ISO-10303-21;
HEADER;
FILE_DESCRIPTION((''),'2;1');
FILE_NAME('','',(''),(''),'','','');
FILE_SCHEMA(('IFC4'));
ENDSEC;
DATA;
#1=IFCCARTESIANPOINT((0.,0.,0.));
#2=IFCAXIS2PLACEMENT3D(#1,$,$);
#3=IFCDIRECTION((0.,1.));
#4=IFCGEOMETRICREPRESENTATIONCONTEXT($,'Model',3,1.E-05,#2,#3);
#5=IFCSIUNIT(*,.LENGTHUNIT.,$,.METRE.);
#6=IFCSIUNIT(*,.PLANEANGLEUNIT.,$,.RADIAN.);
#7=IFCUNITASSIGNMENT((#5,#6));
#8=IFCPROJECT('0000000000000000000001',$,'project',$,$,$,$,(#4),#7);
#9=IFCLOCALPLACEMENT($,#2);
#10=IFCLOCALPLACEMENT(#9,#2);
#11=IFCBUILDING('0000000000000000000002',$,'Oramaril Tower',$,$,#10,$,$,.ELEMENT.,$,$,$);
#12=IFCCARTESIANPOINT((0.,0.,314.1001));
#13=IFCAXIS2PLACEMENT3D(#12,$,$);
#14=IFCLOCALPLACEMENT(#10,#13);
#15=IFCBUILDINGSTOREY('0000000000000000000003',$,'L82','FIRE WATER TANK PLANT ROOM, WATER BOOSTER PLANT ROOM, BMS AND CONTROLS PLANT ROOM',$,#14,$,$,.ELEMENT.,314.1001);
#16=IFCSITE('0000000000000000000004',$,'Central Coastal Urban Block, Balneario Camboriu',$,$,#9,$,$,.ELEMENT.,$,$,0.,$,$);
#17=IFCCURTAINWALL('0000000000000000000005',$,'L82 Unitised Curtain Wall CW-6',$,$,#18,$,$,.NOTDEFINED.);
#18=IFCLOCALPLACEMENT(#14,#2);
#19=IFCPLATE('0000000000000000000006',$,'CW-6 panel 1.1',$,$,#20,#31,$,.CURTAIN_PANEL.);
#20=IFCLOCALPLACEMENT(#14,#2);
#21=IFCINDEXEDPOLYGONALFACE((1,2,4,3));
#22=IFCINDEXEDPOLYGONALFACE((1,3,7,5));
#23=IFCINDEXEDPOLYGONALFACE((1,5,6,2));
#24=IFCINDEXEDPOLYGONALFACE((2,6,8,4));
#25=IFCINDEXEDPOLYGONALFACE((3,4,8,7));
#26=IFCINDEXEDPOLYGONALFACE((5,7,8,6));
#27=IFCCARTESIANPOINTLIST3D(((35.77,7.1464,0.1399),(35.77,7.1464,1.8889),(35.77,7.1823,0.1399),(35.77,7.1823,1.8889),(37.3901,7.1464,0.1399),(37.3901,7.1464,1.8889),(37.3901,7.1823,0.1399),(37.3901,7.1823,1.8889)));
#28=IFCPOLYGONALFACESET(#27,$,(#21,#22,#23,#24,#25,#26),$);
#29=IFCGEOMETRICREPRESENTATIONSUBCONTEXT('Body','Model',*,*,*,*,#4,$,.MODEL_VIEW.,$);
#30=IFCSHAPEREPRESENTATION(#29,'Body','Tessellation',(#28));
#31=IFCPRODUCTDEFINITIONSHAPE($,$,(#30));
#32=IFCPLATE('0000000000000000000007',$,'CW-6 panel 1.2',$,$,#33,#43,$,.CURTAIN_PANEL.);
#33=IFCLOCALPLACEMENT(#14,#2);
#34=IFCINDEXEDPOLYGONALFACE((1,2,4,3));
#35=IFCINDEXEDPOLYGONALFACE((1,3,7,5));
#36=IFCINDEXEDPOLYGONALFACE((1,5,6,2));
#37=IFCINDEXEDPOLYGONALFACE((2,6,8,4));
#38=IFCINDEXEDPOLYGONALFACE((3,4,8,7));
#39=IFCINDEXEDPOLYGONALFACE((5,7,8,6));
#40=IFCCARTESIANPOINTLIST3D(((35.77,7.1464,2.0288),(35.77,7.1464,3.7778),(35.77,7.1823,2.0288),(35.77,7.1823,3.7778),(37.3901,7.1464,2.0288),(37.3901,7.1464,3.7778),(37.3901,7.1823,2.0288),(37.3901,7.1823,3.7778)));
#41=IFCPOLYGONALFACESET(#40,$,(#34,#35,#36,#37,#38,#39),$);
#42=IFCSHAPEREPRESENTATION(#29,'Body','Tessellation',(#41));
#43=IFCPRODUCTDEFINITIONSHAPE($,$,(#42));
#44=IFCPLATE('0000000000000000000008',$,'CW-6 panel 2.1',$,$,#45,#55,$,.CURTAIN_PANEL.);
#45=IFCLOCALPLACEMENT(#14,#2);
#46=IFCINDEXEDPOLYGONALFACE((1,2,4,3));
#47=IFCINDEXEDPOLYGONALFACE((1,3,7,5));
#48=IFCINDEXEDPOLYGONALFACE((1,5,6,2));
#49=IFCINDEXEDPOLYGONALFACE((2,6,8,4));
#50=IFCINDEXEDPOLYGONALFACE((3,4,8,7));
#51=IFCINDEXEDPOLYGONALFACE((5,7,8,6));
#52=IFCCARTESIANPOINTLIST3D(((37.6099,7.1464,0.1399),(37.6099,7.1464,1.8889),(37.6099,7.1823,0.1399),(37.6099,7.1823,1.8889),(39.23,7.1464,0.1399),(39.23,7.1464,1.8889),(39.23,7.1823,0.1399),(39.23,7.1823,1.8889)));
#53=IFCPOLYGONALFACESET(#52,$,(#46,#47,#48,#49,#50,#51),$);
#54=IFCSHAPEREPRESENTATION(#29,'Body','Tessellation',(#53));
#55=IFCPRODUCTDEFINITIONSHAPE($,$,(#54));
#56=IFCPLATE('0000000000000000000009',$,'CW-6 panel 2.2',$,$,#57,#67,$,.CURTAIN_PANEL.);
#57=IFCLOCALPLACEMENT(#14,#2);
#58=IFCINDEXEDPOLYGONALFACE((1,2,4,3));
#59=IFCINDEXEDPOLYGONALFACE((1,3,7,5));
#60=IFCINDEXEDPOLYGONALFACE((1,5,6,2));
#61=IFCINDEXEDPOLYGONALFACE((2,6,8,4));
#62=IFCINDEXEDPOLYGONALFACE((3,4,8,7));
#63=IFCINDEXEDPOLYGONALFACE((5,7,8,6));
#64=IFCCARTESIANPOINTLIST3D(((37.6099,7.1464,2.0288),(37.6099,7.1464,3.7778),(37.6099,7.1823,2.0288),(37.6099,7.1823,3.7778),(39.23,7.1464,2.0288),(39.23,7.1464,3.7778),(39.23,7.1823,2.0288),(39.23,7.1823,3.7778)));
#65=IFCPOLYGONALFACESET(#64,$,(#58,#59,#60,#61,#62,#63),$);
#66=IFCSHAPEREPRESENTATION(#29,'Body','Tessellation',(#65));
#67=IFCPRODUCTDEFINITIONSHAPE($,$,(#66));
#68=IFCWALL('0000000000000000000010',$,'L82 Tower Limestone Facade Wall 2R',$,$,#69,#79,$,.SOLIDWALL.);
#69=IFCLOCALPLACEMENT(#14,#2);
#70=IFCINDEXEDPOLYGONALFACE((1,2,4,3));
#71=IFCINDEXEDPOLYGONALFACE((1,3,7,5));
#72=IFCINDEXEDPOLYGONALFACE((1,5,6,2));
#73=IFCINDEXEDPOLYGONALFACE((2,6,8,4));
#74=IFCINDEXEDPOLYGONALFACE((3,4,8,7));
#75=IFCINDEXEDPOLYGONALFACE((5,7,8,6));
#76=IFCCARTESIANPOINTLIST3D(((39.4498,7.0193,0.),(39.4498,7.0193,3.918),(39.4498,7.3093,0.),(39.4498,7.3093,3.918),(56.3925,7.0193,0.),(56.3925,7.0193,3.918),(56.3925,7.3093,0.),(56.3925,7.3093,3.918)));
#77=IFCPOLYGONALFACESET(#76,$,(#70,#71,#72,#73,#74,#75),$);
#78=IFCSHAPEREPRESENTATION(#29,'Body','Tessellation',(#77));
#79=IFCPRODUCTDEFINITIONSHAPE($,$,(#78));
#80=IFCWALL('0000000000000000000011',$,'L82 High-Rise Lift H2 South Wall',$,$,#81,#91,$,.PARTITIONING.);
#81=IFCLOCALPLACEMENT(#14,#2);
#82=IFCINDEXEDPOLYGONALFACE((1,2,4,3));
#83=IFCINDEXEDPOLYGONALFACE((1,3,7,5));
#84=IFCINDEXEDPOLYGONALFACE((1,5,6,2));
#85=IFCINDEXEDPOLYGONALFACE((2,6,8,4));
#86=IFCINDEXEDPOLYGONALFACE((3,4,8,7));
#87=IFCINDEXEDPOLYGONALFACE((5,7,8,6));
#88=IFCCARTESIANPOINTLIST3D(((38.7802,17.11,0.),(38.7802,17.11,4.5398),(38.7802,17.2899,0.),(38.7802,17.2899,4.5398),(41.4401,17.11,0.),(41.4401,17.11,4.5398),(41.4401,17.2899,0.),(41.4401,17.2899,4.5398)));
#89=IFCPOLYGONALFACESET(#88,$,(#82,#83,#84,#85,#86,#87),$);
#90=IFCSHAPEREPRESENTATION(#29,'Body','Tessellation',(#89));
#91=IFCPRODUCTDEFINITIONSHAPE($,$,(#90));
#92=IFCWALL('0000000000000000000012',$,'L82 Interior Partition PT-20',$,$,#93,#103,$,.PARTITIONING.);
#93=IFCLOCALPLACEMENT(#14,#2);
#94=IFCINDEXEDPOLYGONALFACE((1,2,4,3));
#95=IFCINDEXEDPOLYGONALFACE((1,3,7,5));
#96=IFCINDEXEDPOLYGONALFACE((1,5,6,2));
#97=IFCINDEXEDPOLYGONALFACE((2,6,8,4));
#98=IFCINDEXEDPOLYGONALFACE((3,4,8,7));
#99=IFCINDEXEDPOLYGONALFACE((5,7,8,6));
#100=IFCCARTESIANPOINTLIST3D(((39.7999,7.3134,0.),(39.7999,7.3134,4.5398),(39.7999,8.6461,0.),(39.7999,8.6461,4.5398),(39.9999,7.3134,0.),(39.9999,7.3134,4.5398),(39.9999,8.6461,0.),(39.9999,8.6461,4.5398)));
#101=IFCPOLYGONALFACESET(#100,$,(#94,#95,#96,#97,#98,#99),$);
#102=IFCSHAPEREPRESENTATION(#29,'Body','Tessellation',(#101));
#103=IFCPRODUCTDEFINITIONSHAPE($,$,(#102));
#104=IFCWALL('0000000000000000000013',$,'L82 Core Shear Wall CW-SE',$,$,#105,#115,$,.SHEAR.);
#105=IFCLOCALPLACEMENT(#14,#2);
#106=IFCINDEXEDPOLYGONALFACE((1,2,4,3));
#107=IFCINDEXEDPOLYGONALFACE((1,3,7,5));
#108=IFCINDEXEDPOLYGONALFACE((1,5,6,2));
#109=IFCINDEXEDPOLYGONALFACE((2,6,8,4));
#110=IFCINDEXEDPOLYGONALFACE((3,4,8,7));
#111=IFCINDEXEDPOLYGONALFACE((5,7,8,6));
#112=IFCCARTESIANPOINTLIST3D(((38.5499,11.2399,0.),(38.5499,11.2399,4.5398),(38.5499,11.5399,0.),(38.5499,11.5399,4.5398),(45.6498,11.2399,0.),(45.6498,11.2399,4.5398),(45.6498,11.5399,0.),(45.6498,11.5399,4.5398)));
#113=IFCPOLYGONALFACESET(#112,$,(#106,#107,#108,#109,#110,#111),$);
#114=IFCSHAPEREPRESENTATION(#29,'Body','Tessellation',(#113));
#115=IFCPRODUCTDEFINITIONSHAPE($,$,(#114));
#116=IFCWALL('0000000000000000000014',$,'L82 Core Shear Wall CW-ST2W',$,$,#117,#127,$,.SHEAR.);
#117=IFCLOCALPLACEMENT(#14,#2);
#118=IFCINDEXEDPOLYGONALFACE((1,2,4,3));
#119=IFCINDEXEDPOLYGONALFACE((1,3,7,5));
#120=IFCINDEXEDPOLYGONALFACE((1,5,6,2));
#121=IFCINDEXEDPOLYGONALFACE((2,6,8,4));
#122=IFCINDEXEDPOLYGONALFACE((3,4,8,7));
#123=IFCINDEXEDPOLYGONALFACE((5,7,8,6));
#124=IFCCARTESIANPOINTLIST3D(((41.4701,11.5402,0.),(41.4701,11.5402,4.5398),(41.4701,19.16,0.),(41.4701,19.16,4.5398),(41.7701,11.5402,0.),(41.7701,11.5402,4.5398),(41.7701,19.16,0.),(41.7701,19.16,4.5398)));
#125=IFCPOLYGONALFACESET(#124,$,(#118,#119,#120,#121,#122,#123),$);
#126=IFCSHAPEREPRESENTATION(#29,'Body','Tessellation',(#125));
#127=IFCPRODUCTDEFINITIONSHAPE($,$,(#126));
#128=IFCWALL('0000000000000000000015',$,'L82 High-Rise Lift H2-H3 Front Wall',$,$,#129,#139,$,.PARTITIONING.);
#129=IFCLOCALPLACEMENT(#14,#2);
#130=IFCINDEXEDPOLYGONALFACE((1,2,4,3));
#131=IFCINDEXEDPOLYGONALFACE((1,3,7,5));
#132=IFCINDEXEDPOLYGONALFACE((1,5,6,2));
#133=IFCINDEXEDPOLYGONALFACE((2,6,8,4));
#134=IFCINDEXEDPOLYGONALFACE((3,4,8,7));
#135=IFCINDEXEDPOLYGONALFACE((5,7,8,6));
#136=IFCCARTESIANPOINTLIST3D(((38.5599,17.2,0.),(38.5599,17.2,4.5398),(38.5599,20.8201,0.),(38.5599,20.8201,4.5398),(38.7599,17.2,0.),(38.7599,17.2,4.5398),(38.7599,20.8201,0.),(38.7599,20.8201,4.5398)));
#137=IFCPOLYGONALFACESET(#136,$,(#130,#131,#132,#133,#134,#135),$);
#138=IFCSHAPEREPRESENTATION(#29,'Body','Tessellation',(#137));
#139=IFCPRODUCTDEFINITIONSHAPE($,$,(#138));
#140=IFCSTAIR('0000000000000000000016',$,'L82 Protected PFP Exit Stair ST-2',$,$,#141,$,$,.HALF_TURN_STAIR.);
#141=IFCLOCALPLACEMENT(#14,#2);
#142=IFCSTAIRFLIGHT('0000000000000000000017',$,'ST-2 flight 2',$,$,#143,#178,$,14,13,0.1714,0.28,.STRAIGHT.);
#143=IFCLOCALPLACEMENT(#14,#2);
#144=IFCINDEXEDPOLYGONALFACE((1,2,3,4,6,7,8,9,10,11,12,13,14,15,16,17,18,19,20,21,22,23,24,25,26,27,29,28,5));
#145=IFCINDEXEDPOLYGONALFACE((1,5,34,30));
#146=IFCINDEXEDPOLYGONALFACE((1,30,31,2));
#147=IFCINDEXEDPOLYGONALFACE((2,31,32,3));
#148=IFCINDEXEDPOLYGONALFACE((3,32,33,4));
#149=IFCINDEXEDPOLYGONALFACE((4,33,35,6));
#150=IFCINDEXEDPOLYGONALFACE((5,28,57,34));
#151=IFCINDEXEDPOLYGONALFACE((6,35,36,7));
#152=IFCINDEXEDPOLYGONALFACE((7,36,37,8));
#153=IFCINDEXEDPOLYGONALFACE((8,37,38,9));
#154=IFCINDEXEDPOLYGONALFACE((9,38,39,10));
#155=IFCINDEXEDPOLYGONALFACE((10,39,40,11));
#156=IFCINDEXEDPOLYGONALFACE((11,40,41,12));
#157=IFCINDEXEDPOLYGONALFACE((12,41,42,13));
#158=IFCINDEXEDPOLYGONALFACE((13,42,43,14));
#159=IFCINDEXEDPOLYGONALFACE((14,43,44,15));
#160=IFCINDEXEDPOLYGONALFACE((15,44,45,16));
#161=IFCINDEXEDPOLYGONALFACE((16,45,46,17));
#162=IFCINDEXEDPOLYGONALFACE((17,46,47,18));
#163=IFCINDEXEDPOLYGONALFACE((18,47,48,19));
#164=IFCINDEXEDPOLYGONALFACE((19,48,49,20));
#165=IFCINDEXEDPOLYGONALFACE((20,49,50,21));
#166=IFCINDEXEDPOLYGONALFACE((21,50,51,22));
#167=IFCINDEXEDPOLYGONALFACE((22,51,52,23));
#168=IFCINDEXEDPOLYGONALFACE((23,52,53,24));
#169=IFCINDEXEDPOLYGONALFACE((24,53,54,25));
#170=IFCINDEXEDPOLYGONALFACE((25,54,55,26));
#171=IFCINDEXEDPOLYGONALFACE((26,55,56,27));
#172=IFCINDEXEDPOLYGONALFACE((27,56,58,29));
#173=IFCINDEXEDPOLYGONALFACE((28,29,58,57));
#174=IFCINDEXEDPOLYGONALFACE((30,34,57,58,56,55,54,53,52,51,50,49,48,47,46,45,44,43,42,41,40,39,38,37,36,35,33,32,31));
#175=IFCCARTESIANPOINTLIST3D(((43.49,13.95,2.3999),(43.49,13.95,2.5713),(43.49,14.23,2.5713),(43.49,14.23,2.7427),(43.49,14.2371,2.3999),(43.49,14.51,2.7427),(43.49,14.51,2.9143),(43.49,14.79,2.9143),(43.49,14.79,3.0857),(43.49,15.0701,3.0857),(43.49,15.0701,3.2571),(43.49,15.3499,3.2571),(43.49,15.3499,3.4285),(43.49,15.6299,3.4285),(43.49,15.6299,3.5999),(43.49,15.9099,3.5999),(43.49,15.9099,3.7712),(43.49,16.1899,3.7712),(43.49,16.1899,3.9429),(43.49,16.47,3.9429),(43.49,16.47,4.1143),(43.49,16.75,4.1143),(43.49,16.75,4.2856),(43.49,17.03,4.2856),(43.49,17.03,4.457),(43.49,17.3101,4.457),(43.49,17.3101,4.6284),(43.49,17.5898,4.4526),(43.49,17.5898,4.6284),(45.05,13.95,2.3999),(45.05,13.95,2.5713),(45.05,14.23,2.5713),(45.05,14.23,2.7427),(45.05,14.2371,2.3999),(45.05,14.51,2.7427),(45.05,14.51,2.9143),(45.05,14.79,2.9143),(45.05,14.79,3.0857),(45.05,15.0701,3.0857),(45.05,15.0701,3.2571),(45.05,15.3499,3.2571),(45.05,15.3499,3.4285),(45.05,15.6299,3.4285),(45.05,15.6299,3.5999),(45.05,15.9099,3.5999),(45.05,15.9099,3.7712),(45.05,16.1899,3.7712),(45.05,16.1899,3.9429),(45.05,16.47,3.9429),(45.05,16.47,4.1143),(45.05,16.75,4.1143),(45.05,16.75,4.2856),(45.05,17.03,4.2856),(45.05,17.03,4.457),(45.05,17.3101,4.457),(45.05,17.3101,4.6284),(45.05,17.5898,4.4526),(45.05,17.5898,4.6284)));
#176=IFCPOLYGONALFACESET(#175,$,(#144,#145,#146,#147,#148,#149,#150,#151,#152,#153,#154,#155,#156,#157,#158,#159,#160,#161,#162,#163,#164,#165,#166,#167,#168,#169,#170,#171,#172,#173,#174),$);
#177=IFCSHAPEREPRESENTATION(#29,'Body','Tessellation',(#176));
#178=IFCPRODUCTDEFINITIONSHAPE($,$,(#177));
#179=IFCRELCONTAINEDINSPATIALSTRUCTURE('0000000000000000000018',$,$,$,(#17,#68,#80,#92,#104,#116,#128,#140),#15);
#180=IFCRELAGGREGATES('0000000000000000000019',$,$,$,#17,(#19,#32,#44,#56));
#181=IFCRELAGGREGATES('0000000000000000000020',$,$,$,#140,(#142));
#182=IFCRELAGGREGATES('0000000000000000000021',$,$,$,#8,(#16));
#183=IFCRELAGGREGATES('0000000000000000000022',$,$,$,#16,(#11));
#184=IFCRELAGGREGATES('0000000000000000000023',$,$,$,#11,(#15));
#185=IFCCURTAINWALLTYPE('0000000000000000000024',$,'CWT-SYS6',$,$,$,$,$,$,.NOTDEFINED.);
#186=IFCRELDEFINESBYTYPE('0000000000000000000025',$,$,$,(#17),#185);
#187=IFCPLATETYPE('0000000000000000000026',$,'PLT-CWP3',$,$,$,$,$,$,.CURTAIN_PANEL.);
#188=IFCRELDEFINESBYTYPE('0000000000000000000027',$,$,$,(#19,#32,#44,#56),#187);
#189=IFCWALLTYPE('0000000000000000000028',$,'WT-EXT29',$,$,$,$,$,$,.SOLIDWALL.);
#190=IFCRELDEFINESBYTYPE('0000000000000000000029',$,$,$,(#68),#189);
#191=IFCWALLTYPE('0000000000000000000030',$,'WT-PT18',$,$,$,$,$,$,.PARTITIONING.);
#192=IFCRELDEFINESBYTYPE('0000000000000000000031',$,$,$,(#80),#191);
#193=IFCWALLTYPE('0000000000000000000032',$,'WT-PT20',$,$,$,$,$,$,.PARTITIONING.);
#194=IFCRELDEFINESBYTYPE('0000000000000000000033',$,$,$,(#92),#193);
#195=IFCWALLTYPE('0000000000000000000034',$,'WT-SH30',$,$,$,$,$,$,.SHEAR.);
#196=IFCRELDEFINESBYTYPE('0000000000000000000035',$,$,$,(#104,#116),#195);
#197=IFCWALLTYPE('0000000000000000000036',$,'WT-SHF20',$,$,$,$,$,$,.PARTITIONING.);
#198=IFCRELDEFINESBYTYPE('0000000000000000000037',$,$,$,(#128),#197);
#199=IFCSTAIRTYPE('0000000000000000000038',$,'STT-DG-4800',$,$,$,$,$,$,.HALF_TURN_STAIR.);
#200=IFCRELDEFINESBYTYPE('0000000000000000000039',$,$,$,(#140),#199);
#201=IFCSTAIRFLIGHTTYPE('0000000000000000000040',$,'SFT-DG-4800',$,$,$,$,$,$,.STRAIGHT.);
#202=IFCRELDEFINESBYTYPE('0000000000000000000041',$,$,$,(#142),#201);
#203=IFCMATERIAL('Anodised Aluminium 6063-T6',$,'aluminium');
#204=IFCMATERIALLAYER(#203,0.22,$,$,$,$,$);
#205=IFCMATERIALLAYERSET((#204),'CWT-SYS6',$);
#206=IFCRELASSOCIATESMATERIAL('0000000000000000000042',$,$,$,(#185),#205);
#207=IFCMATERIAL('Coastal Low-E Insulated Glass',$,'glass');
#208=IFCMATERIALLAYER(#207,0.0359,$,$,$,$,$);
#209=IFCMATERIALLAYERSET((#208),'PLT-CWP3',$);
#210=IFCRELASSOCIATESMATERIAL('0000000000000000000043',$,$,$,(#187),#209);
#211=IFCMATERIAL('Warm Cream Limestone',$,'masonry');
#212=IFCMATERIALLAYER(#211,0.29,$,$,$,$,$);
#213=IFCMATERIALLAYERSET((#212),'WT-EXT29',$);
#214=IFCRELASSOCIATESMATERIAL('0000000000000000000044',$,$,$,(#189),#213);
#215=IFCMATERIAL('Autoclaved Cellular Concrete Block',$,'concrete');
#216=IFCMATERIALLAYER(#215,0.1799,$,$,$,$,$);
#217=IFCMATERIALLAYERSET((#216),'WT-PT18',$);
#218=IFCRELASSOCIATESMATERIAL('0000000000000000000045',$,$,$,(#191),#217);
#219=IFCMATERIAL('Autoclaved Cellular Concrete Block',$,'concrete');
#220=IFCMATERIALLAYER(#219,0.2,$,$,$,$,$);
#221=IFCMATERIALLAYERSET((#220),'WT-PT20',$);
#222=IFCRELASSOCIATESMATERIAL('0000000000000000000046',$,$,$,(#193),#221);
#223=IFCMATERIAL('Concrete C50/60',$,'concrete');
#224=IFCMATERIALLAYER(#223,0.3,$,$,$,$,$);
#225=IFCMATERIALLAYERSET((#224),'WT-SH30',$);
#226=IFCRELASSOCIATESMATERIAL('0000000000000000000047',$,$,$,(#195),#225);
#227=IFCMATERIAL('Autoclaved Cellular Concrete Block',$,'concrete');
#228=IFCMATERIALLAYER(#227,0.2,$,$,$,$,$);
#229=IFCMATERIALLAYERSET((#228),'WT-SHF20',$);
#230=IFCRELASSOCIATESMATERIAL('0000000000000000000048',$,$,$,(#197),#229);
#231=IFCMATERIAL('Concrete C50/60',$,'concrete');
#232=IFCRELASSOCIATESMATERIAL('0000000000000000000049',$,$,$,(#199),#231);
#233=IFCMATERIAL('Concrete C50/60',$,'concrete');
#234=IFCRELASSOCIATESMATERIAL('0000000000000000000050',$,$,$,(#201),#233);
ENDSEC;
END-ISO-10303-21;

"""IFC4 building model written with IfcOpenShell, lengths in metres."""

from ifc_helpers import new_model, si_unit, direction, frame, frame_2d, origin, origin_2d, place, context, subcontext, project, spatial, polyline, rectangle, outline, extrude, material, layer, layer_set, type_object, element, aggregate, save


model = new_model("IFC4")

# Units and contexts
model_context = context("Model", 3, precision=1e-05, world=origin(), true_north=direction((0.0, 1.0)))
body_context = subcontext(model_context, "Body", "Model", "MODEL_VIEW")
ifc_project = project(units=[si_unit("LENGTHUNIT", "METRE"), si_unit("PLANEANGLEUNIT", "RADIAN")], contexts=[model_context])

# Site, building, storey
site_placement = place(None, origin())
site = spatial("IfcSite", under=ifc_project, at=site_placement, Name="Central Coastal Urban Block, Balneario Camboriu", CompositionType="ELEMENT", RefElevation=0.0)
building_placement = place(site_placement, origin())
building = spatial("IfcBuilding", under=site, at=building_placement, Name="Oramaril Tower", CompositionType="ELEMENT")
storey_placement = place(building_placement, frame((0.0, 0.0, 314.1001)))
storey = spatial("IfcBuildingStorey", under=building, at=storey_placement, Name="L82", Description="FIRE WATER TANK PLANT ROOM, WATER BOOSTER PLANT ROOM, BMS AND CONTROLS PLANT ROOM", CompositionType="ELEMENT", Elevation=314.1001)

# Curtain wall, plates
ifc_material_1 = material(Name="Anodised Aluminium 6063-T6", Category="aluminium")
ifc_layer_1 = layer(ifc_material_1, 0.22)
ifc_layer_set_1 = layer_set([ifc_layer_1], Name="CWT-SYS6")
curtain_wall_type = type_object("IfcCurtainWallType", Name="CWT-SYS6", PredefinedType="NOTDEFINED", material=ifc_layer_set_1)
curtain_wall_placement = place(storey_placement, origin())
curtain_wall = element("IfcCurtainWall", 1, at=curtain_wall_placement, inside=storey, type_object=curtain_wall_type, Name="L82 Unitised Curtain Wall CW-6", PredefinedType="NOTDEFINED")
ifc_material_2 = material(Name="Coastal Low-E Insulated Glass", Category="glass")
ifc_layer_2 = layer(ifc_material_2, 0.0359)
ifc_layer_set_2 = layer_set([ifc_layer_2], Name="PLT-CWP3")
plate_type = type_object("IfcPlateType", Name="PLT-CWP3", PredefinedType="CURTAIN_PANEL", material=ifc_layer_set_2)
plate_1_placement = place(storey_placement, frame((36.5801, 7.1643, 0.1399), z_axis=(0.0, 0.0, 1.0), x_axis=(1.0, 0.0, 0.0)))
plate_1 = element("IfcPlate", 2, at=plate_1_placement, type_object=plate_type, Name="CW-6 panel 1.1", PredefinedType="CURTAIN_PANEL", context=body_context, shape_type="SweptSolid", body=[
    extrude(rectangle(XDim=1.6201, YDim=0.0359, at=origin_2d()), origin(), (0.0, 0.0, 1.0), 1.749),
])
plate_2_placement = place(storey_placement, frame((36.5801, 7.1643, 2.0288), z_axis=(0.0, 0.0, 1.0), x_axis=(1.0, 0.0, 0.0)))
plate_2 = element("IfcPlate", 3, at=plate_2_placement, type_object=plate_type, Name="CW-6 panel 1.2", PredefinedType="CURTAIN_PANEL", context=body_context, shape_type="SweptSolid", body=[
    extrude(rectangle(XDim=1.6201, YDim=0.0359, at=origin_2d()), origin(), (0.0, 0.0, 1.0), 1.749),
])
plate_3_placement = place(storey_placement, frame((38.4199, 7.1643, 0.1399), z_axis=(0.0, 0.0, 1.0), x_axis=(1.0, 0.0, 0.0)))
plate_3 = element("IfcPlate", 4, at=plate_3_placement, type_object=plate_type, Name="CW-6 panel 2.1", PredefinedType="CURTAIN_PANEL", context=body_context, shape_type="SweptSolid", body=[
    extrude(rectangle(XDim=1.6201, YDim=0.0359, at=origin_2d()), origin(), (0.0, 0.0, 1.0), 1.749),
])
plate_4_placement = place(storey_placement, frame((38.4199, 7.1643, 2.0288), z_axis=(0.0, 0.0, 1.0), x_axis=(1.0, 0.0, 0.0)))
plate_4 = element("IfcPlate", 5, at=plate_4_placement, type_object=plate_type, Name="CW-6 panel 2.2", PredefinedType="CURTAIN_PANEL", context=body_context, shape_type="SweptSolid", body=[
    extrude(rectangle(XDim=1.6201, YDim=0.0359, at=origin_2d()), origin(), (0.0, 0.0, 1.0), 1.749),
])
aggregate(curtain_wall, [plate_1, plate_2, plate_3, plate_4])

# Walls
ifc_material_3 = material(Name="Warm Cream Limestone", Category="masonry")
ifc_layer_3 = layer(ifc_material_3, 0.29)
ifc_layer_set_3 = layer_set([ifc_layer_3], Name="WT-EXT29")
wall_type_1 = type_object("IfcWallType", Name="WT-EXT29", PredefinedType="SOLIDWALL", material=ifc_layer_set_3)
wall_1_placement = place(storey_placement, frame((39.45, 7.1643, 0.0), z_axis=(0.0, 0.0, 1.0), x_axis=(1.0, 0.0, 0.0)))
element("IfcWall", 6, at=wall_1_placement, inside=storey, type_object=wall_type_1, Name="L82 Tower Limestone Facade Wall 2R", PredefinedType="SOLIDWALL", context=body_context, shape_type="SweptSolid", body=[
    extrude(rectangle(XDim=16.9426, YDim=0.29, at=frame_2d((8.4712, 0.0))), origin(), (0.0, 0.0, 1.0), 3.918),
])
ifc_material_4 = material(Name="Autoclaved Cellular Concrete Block", Category="concrete")
ifc_layer_4 = layer(ifc_material_4, 0.1799)
ifc_layer_set_4 = layer_set([ifc_layer_4], Name="WT-PT18")
wall_type_2 = type_object("IfcWallType", Name="WT-PT18", PredefinedType="PARTITIONING", material=ifc_layer_set_4)
wall_2_placement = place(storey_placement, frame((38.78, 17.2, 0.0), z_axis=(0.0, 0.0, 1.0), x_axis=(1.0, 0.0, 0.0)))
element("IfcWall", 7, at=wall_2_placement, inside=storey, type_object=wall_type_2, Name="L82 High-Rise Lift H2 South Wall", PredefinedType="PARTITIONING", context=body_context, shape_type="SweptSolid", body=[
    extrude(rectangle(XDim=2.6599, YDim=0.1799, at=frame_2d((1.3301, 0.0))), origin(), (0.0, 0.0, 1.0), 4.5398),
])
ifc_material_5 = material(Name="Autoclaved Cellular Concrete Block", Category="concrete")
ifc_layer_5 = layer(ifc_material_5, 0.2)
ifc_layer_set_5 = layer_set([ifc_layer_5], Name="WT-PT20")
wall_type_3 = type_object("IfcWallType", Name="WT-PT20", PredefinedType="PARTITIONING", material=ifc_layer_set_5)
wall_3_placement = place(storey_placement, frame((39.8999, 7.3132, 0.0), z_axis=(0.0, 0.0, 1.0), x_axis=(0.0, 1.0, 0.0)))
element("IfcWall", 8, at=wall_3_placement, inside=storey, type_object=wall_type_3, Name="L82 Interior Partition PT-20", PredefinedType="PARTITIONING", context=body_context, shape_type="SweptSolid", body=[
    extrude(rectangle(XDim=1.3328, YDim=0.2, at=frame_2d((0.6665, 0.0))), origin(), (0.0, 0.0, 1.0), 4.5398),
])
ifc_material_6 = material(Name="Concrete C50/60", Category="concrete")
ifc_layer_6 = layer(ifc_material_6, 0.3)
ifc_layer_set_6 = layer_set([ifc_layer_6], Name="WT-SH30")
wall_type_4 = type_object("IfcWallType", Name="WT-SH30", PredefinedType="SHEAR", material=ifc_layer_set_6)
wall_4_placement = place(storey_placement, frame((38.55, 11.3899, 0.0), z_axis=(0.0, 0.0, 1.0), x_axis=(1.0, 0.0, 0.0)))
element("IfcWall", 9, at=wall_4_placement, inside=storey, type_object=wall_type_4, Name="L82 Core Shear Wall CW-SE", PredefinedType="SHEAR", context=body_context, shape_type="SweptSolid", body=[
    extrude(rectangle(XDim=7.0999, YDim=0.3, at=frame_2d((3.5498, 0.0))), origin(), (0.0, 0.0, 1.0), 4.5398),
])
wall_5_placement = place(storey_placement, frame((41.6201, 11.54, 0.0), z_axis=(0.0, 0.0, 1.0), x_axis=(0.0, 1.0, 0.0)))
element("IfcWall", 10, at=wall_5_placement, inside=storey, type_object=wall_type_4, Name="L82 Core Shear Wall CW-ST2W", PredefinedType="SHEAR", context=body_context, shape_type="SweptSolid", body=[
    extrude(rectangle(XDim=7.6199, YDim=0.3, at=frame_2d((3.8101, 0.0))), origin(), (0.0, 0.0, 1.0), 4.5398),
])
ifc_material_7 = material(Name="Autoclaved Cellular Concrete Block", Category="concrete")
ifc_layer_7 = layer(ifc_material_7, 0.2)
ifc_layer_set_7 = layer_set([ifc_layer_7], Name="WT-SHF20")
wall_type_5 = type_object("IfcWallType", Name="WT-SHF20", PredefinedType="PARTITIONING", material=ifc_layer_set_7)
wall_6_placement = place(storey_placement, frame((38.6599, 17.2, 0.0), z_axis=(0.0, 0.0, 1.0), x_axis=(0.0, 1.0, 0.0)))
element("IfcWall", 11, at=wall_6_placement, inside=storey, type_object=wall_type_5, Name="L82 High-Rise Lift H2-H3 Front Wall", PredefinedType="PARTITIONING", context=body_context, shape_type="SweptSolid", body=[
    extrude(rectangle(XDim=3.6201, YDim=0.2, at=frame_2d((1.8101, 0.0))), origin(), (0.0, 0.0, 1.0), 4.5398),
])

# Stair, stair flight
ifc_material_8 = material(Name="Concrete C50/60", Category="concrete")
stair_type = type_object("IfcStairType", Name="STT-DG-4800", PredefinedType="HALF_TURN_STAIR", material=ifc_material_8)
stair_placement = place(storey_placement, origin())
stair = element("IfcStair", 12, at=stair_placement, inside=storey, type_object=stair_type, Name="L82 Protected PFP Exit Stair ST-2", PredefinedType="HALF_TURN_STAIR")
ifc_material_9 = material(Name="Concrete C50/60", Category="concrete")
stair_flight_type = type_object("IfcStairFlightType", Name="SFT-DG-4800", PredefinedType="STRAIGHT", material=ifc_material_9)
stair_flight_placement = place(storey_placement, frame((44.27, 13.95, 2.3999), z_axis=(0.0, 0.0, 1.0), x_axis=(0.0, 1.0, 0.0)))
stair_flight = element("IfcStairFlight", 13, at=stair_flight_placement, type_object=stair_flight_type, Name="ST-2 flight 2", NumberOfRisers=14, NumberOfTreads=13, PredefinedType="STRAIGHT", RiserHeight=0.1714, TreadLength=0.28, context=body_context, shape_type="SweptSolid", body=[
    extrude(outline(polyline([(0.0, 0.0), (0.0, 0.1714), (0.28, 0.1714), (0.28, 0.3428), (0.5601, 0.3428), (0.5601, 0.5144), (0.8401, 0.5144), (0.8401, 0.6858), (1.1201, 0.6858), (1.1201, 0.8572), (1.3999, 0.8572), (1.3999, 1.0286), (1.6799, 1.0286), (1.6799, 1.2), (1.96, 1.2), (1.96, 1.3713), (2.24, 1.3713), (2.24, 1.543), (2.52, 1.543), (2.52, 1.7144), (2.8, 1.7144), (2.8, 1.8857), (3.0801, 1.8857), (3.0801, 2.0571), (3.3601, 2.0571), (3.3601, 2.2285), (3.6399, 2.2285), (3.6399, 2.3999), (3.6399, 2.0527), (0.2871, 0.0), (0.0, 0.0)])), frame((0.0, 0.78, 0.0), z_axis=(0.0, -1.0, 0.0), x_axis=(1.0, 0.0, 0.0)), (0.0, 0.0, 1.0), 1.5601),
])
aggregate(stair, [stair_flight])

save(model, "model.ifc")
